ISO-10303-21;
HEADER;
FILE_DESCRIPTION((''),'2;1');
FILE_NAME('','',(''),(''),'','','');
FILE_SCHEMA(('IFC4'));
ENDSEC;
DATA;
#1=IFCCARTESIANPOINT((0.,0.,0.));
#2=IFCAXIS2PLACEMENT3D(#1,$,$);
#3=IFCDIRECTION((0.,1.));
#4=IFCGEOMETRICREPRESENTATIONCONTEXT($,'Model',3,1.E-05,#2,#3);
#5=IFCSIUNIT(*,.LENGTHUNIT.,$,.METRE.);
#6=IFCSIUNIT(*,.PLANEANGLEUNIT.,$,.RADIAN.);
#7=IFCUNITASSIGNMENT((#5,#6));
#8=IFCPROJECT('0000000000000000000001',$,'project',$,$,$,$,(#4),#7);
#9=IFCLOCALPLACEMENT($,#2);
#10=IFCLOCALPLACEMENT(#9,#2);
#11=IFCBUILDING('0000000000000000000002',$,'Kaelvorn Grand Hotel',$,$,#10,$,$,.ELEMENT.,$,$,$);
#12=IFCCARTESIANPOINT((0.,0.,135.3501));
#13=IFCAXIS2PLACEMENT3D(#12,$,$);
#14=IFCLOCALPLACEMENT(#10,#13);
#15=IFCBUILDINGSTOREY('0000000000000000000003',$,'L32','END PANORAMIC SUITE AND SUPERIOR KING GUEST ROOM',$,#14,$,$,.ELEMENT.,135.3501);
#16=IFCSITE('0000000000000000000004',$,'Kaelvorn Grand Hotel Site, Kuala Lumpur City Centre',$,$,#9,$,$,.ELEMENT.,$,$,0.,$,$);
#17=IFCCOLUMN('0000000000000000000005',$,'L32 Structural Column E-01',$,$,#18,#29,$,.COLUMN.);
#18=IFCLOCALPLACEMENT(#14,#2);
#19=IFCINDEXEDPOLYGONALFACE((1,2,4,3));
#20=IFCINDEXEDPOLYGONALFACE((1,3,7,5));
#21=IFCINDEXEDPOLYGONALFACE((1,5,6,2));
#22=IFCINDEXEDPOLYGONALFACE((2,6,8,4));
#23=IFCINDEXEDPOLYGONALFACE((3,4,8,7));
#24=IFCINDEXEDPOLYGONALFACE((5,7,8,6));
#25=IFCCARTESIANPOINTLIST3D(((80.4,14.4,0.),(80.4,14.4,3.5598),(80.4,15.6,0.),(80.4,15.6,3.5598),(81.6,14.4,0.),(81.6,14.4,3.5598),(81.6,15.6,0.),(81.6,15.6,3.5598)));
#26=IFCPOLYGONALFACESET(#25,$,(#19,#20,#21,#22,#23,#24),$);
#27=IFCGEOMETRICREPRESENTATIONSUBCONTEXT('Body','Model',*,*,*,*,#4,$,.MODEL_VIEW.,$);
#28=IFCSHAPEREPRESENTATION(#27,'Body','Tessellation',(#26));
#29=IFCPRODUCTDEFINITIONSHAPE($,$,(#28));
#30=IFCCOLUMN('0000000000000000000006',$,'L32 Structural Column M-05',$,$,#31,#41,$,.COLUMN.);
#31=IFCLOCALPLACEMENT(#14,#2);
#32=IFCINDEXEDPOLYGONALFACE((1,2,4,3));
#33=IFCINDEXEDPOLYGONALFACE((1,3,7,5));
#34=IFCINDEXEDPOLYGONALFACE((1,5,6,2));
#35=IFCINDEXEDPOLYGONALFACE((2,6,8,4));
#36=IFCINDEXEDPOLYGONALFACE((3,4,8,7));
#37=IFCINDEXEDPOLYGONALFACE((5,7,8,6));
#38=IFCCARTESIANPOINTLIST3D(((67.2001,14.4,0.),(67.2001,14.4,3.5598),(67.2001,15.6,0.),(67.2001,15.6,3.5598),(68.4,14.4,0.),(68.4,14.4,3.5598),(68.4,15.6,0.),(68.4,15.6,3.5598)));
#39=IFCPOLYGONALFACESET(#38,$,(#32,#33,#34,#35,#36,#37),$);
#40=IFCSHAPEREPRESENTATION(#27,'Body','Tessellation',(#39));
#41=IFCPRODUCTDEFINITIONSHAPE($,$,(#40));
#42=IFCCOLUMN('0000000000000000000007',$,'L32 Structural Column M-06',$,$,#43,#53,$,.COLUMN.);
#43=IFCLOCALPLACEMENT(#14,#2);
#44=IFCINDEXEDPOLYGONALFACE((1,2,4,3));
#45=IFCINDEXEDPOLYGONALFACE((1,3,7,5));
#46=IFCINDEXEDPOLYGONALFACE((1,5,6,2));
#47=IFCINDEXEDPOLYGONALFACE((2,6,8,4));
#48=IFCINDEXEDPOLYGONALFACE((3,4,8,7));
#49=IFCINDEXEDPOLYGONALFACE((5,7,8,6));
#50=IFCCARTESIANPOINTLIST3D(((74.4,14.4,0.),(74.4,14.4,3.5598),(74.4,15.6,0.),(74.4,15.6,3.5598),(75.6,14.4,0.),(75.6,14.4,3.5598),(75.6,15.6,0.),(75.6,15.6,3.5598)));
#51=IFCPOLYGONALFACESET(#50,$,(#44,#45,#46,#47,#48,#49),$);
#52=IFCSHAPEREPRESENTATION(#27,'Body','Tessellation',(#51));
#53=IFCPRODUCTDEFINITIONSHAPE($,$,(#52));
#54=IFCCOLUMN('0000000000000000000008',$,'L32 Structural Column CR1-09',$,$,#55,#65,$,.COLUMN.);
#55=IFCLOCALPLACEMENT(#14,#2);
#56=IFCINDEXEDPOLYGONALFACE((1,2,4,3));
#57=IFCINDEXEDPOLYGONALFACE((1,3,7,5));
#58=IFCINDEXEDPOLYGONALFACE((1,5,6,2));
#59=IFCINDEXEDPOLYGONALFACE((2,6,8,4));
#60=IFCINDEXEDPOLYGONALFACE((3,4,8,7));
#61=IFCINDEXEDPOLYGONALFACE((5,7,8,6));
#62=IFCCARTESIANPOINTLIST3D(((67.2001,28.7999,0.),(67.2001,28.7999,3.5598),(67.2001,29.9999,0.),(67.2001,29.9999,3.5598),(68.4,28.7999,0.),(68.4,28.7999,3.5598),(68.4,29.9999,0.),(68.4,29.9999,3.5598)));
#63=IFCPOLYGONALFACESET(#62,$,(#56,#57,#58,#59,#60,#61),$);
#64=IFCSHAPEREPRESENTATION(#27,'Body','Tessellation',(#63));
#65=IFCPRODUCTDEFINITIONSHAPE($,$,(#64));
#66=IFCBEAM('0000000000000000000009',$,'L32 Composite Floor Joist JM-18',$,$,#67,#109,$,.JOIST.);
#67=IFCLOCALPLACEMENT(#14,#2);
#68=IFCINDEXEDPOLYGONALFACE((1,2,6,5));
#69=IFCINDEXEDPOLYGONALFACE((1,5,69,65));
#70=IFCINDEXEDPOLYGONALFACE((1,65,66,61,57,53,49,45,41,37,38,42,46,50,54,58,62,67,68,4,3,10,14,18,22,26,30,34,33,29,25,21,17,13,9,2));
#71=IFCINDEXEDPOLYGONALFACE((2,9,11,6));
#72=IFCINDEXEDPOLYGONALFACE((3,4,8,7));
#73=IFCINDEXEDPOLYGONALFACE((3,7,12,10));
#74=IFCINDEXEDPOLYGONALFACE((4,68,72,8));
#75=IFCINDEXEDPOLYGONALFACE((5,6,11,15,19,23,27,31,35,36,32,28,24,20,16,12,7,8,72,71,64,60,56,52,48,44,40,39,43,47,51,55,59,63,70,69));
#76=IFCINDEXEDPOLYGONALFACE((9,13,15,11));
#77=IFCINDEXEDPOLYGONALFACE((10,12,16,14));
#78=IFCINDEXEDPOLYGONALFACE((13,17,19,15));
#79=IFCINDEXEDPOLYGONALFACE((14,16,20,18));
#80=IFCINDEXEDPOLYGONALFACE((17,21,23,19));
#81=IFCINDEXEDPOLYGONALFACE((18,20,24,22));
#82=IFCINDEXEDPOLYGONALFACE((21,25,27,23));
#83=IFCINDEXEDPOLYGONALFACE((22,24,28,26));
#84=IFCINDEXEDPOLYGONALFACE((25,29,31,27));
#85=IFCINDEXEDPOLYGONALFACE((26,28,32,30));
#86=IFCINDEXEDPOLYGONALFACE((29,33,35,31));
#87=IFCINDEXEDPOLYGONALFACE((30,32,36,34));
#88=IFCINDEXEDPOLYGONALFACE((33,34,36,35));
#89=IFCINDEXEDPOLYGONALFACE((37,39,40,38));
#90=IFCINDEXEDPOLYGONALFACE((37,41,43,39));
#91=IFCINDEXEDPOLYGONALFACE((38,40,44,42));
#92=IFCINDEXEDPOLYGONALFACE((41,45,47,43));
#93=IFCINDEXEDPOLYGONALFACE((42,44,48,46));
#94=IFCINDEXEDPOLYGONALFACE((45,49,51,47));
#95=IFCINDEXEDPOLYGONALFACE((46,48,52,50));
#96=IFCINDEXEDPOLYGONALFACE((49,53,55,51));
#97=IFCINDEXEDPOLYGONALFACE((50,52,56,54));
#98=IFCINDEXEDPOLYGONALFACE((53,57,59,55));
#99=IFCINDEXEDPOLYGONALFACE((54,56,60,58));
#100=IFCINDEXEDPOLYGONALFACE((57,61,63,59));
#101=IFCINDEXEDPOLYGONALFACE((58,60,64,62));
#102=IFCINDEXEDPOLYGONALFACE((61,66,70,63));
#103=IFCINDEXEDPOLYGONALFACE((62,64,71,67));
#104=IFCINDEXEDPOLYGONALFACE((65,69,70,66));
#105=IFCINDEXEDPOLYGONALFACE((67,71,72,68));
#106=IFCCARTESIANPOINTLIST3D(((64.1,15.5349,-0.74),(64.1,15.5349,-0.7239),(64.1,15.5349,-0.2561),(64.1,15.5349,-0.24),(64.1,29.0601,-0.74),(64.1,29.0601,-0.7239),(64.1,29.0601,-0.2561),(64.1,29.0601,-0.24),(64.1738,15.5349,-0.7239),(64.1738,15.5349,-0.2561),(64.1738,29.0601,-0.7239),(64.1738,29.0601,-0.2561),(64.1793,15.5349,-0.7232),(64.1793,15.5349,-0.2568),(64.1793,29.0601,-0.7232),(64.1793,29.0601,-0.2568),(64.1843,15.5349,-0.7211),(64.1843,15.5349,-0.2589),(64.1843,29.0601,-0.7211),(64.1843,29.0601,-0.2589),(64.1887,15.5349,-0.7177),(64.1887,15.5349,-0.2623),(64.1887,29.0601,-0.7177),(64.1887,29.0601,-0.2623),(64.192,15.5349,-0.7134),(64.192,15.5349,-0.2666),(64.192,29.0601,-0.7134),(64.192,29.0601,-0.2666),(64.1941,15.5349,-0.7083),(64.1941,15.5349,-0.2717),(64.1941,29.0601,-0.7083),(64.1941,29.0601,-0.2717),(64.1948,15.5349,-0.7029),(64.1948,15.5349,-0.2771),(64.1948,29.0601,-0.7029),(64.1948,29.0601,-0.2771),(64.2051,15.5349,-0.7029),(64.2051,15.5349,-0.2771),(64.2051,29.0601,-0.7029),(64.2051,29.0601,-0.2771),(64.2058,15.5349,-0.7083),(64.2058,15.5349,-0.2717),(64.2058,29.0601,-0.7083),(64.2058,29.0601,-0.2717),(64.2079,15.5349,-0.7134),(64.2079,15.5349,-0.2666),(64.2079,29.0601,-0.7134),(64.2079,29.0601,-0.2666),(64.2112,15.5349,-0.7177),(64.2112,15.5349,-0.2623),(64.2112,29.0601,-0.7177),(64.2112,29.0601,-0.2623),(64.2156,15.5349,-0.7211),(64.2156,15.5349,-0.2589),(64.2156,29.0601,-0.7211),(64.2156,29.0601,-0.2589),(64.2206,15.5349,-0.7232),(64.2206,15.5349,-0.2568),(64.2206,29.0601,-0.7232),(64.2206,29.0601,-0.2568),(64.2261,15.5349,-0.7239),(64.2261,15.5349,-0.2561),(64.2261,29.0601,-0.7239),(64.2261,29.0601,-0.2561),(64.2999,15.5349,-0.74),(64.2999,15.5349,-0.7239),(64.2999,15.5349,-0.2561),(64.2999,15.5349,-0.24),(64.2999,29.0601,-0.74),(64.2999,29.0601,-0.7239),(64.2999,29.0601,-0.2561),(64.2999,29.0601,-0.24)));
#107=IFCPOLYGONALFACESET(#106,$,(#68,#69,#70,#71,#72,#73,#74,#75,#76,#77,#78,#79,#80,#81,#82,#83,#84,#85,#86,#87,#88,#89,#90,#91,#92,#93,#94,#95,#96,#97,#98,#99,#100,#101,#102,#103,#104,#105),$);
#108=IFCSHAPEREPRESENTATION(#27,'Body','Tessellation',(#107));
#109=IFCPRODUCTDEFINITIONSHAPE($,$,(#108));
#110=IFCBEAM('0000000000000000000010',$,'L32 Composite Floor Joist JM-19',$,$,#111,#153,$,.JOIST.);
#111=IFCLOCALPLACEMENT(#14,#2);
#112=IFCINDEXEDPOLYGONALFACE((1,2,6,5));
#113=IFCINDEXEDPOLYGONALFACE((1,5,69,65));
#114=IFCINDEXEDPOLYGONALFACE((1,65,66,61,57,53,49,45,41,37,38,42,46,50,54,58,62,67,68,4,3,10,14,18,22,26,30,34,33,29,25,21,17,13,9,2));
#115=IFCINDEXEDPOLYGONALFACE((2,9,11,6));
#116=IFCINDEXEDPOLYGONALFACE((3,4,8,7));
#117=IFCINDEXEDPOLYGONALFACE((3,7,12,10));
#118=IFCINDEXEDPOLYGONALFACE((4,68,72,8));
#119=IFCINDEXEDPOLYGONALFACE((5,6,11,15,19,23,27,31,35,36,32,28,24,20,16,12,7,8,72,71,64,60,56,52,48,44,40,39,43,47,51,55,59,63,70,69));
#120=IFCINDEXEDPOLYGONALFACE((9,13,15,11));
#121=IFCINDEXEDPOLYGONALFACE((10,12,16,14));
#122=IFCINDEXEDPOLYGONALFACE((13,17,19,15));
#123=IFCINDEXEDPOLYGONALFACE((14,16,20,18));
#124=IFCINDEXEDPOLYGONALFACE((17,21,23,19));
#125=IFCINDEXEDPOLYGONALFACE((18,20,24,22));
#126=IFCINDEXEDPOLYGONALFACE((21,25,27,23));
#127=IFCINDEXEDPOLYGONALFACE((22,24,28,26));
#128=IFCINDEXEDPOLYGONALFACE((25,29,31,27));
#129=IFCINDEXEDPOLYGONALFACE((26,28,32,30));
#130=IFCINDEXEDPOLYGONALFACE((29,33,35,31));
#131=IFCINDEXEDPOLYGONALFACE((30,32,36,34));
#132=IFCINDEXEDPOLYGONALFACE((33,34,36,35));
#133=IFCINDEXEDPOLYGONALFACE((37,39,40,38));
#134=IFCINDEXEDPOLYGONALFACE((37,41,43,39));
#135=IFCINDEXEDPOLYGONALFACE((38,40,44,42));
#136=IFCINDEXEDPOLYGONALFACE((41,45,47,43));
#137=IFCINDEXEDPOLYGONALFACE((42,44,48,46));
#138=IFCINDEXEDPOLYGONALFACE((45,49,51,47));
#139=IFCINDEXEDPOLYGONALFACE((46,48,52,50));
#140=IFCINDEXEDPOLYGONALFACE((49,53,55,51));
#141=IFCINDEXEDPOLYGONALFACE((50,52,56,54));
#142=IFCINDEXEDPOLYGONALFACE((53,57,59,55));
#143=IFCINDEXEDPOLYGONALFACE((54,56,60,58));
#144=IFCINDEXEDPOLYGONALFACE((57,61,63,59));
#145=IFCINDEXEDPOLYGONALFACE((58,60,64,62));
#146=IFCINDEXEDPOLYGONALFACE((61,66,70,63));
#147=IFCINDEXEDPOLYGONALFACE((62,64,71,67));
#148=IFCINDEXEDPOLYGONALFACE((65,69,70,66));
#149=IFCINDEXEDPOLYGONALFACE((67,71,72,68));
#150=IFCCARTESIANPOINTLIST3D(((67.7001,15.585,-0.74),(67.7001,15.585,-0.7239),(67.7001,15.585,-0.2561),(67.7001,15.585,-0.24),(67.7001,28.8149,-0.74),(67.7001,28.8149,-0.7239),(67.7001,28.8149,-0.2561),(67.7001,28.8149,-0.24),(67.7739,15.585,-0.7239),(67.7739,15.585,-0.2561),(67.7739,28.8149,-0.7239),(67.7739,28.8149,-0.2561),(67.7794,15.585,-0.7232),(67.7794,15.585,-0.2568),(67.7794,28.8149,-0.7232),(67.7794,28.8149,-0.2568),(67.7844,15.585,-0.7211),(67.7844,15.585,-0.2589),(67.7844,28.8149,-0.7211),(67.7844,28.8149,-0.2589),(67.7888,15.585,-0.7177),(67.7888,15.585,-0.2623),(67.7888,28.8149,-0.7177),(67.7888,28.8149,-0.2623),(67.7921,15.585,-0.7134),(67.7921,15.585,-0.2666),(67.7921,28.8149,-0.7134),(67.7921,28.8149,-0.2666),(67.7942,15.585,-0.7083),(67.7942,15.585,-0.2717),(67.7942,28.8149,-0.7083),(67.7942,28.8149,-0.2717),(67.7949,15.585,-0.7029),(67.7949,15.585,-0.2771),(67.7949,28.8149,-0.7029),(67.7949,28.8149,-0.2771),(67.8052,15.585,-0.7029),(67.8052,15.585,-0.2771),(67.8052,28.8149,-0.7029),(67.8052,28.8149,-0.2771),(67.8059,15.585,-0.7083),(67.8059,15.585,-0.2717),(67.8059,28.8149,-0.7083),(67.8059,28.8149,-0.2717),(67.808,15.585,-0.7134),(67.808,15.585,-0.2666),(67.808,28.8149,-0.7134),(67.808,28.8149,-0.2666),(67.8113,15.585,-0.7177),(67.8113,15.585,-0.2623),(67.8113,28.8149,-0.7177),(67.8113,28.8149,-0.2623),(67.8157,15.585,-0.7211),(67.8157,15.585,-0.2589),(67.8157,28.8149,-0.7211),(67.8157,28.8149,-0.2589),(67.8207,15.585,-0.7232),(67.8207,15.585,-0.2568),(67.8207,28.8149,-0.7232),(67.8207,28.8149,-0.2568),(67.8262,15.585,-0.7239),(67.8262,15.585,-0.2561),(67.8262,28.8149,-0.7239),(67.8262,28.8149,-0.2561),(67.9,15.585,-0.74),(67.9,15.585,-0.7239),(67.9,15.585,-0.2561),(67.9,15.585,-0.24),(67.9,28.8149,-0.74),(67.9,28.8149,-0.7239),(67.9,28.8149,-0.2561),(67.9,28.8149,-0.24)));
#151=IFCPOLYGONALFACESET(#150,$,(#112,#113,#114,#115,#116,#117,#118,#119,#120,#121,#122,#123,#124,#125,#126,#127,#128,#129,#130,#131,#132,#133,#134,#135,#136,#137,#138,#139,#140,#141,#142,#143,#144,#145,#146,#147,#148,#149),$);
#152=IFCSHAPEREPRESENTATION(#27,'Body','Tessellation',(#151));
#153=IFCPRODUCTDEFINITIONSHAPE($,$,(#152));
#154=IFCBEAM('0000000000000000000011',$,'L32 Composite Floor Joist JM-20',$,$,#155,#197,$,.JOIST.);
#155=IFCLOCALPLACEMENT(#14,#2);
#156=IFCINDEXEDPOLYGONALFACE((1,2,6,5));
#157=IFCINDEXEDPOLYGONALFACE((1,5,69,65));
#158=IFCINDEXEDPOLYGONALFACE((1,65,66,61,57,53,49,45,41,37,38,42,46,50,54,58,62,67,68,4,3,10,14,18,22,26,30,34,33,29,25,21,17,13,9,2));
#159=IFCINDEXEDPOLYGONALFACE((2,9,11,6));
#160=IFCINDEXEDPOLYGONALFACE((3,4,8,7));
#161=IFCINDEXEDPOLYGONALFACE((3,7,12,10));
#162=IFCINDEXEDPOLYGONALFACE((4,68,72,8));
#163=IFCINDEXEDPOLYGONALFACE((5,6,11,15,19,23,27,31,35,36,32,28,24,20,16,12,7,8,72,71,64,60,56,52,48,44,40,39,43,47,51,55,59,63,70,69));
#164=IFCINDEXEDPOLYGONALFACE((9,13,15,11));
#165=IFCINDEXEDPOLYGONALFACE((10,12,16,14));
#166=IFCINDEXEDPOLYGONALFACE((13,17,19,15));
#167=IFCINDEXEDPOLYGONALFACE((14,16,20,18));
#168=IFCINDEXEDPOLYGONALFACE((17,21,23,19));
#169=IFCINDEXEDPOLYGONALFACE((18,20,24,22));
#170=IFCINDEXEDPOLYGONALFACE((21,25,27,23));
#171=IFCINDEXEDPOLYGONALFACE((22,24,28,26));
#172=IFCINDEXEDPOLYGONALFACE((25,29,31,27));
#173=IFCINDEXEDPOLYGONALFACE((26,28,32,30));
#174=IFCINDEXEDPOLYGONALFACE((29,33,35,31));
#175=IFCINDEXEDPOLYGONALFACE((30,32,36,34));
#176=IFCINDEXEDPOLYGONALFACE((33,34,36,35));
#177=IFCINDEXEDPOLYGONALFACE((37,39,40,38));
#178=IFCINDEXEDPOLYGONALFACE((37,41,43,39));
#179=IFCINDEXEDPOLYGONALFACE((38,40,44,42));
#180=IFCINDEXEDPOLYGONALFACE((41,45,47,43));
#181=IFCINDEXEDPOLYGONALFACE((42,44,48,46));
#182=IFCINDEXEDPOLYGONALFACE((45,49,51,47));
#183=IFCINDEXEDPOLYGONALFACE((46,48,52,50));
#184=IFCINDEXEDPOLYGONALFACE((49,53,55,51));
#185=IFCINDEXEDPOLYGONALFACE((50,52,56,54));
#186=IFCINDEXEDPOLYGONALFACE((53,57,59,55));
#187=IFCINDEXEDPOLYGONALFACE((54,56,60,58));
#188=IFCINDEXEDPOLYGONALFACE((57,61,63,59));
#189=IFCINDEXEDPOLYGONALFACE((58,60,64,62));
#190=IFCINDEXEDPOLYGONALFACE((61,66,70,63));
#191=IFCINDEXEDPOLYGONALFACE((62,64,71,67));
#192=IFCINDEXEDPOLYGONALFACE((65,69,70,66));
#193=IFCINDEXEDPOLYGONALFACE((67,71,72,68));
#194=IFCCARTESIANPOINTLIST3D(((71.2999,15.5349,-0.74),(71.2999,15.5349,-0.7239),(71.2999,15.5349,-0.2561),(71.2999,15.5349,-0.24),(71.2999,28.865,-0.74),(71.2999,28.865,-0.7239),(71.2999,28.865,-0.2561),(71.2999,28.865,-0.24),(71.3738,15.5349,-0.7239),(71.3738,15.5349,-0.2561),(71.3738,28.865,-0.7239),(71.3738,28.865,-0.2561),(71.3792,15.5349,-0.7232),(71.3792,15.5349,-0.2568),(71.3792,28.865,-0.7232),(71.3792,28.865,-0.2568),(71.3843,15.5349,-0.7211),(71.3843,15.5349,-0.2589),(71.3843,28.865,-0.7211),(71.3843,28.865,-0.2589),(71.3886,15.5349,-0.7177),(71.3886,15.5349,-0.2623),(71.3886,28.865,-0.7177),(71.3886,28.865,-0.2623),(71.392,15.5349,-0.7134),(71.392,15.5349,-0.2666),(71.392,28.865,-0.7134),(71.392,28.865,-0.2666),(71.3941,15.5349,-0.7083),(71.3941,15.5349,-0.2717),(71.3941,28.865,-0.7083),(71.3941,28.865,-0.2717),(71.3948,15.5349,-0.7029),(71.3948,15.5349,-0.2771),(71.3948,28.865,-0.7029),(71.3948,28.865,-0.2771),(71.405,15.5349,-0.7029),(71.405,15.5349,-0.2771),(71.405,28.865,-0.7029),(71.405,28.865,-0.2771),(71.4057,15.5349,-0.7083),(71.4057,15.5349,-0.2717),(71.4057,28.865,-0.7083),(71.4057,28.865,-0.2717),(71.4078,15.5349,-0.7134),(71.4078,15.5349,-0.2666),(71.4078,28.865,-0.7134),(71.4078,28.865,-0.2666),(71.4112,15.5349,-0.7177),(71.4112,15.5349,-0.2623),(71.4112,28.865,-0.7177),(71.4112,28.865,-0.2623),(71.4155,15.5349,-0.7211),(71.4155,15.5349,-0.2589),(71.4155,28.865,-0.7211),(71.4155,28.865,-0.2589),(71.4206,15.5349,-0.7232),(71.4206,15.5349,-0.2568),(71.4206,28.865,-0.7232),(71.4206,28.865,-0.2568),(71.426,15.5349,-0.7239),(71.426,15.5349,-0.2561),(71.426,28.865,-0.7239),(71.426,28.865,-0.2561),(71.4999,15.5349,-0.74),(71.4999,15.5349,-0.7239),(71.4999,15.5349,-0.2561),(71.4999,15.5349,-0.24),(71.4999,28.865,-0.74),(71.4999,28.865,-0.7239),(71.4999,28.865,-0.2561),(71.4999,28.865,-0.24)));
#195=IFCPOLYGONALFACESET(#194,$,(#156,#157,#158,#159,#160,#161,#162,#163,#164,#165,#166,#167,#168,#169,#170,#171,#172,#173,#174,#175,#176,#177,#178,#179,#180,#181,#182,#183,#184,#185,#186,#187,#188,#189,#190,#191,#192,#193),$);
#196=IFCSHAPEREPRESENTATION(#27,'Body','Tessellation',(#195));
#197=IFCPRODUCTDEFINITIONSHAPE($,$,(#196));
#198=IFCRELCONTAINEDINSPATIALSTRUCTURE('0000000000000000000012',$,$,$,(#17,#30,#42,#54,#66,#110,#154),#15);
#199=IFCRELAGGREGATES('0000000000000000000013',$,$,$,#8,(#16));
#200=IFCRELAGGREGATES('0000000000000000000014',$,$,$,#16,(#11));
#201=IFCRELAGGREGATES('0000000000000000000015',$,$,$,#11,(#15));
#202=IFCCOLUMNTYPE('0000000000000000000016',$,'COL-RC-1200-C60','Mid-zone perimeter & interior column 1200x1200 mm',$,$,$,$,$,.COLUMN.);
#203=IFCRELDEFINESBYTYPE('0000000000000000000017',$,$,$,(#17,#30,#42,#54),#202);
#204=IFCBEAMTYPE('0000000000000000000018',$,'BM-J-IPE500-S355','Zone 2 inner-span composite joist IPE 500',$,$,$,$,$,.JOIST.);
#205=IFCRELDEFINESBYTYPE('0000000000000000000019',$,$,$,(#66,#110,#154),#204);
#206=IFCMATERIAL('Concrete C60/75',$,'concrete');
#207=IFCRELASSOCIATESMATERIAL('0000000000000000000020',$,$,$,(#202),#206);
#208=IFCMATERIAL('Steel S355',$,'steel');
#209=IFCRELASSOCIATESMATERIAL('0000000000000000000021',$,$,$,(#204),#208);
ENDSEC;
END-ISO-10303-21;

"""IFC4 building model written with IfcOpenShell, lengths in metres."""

from ifc_helpers import new_model, si_unit, direction, frame, origin, origin_2d, place, context, subcontext, project, spatial, rectangle, i_section, extrude, material, material_profile, profile_set, type_object, element, save


model = new_model("IFC4")

# Units and contexts
model_context = context("Model", 3, precision=1e-05, world=origin(), true_north=direction((0.0, 1.0)))
body_context = subcontext(model_context, "Body", "Model", "MODEL_VIEW")
ifc_project = project(units=[si_unit("LENGTHUNIT", "METRE"), si_unit("PLANEANGLEUNIT", "RADIAN")], contexts=[model_context])

# Site, building, storey
site_placement = place(None, origin())
site = spatial("IfcSite", under=ifc_project, at=site_placement, Name="Kaelvorn Grand Hotel Site, Kuala Lumpur City Centre", CompositionType="ELEMENT", RefElevation=0.0)
building_placement = place(site_placement, origin())
building = spatial("IfcBuilding", under=site, at=building_placement, Name="Kaelvorn Grand Hotel", CompositionType="ELEMENT")
storey_placement = place(building_placement, frame((0.0, 0.0, 135.3501)))
storey = spatial("IfcBuildingStorey", under=building, at=storey_placement, Name="L32", Description="END PANORAMIC SUITE AND SUPERIOR KING GUEST ROOM", CompositionType="ELEMENT", Elevation=135.3501)

# Columns
ifc_material_1 = material(Name="Concrete C60/75", Category="concrete")
ifc_material_profile_1 = material_profile(ifc_material_1, rectangle(XDim=1.2, YDim=1.2, at=origin_2d()), Name="RC COL 1200x1200")
ifc_profile_set_1 = profile_set([ifc_material_profile_1], Name="Concrete C60/75")
column_type = type_object("IfcColumnType", Name="COL-RC-1200-C60", Description="Mid-zone perimeter & interior column 1200x1200 mm", PredefinedType="COLUMN", material=ifc_profile_set_1)
for number, where, z_axis, x_axis, name in (
    (1, (81.0, 15.0, 0.0), (0.0, 0.0, 1.0), (1.0, 0.0, 0.0), "L32 Structural Column E-01"),
    (2, (67.8, 15.0, 0.0), (0.0, 0.0, 1.0), (1.0, 0.0, 0.0), "L32 Structural Column M-05"),
    (3, (75.0, 15.0, 0.0), (0.0, 0.0, 1.0), (1.0, 0.0, 0.0), "L32 Structural Column M-06"),
    (4, (67.8, 29.3999, 0.0), (0.0, 0.0, 1.0), (1.0, 0.0, 0.0), "L32 Structural Column CR1-09"),
):
    element("IfcColumn", number, at=place(storey_placement, frame(where, z_axis=z_axis, x_axis=x_axis)), inside=storey, type_object=column_type, Name=name, PredefinedType="COLUMN", context=body_context, shape_type="SweptSolid", body=[
        extrude(rectangle(XDim=1.2, YDim=1.2, at=origin_2d()), origin(), (0.0, 0.0, 1.0), 3.5598),
    ])

# Beams
ifc_material_2 = material(Name="Steel S355", Category="steel")
ifc_material_profile_2 = material_profile(ifc_material_2, i_section(OverallWidth=0.2, OverallDepth=0.5, WebThickness=0.0103, FlangeThickness=0.0161, FilletRadius=0.021, at=origin_2d()), Name="IPE 500")
ifc_profile_set_2 = profile_set([ifc_material_profile_2], Name="Steel S355")
beam_type_1 = type_object("IfcBeamType", Name="BM-J-IPE500-S355", Description="Zone 2 inner-span composite joist IPE 500", PredefinedType="JOIST", material=ifc_profile_set_2)
beam_1_placement = place(storey_placement, frame((64.2, 15.5349, -0.49), z_axis=(0.0, 1.0, 0.0), x_axis=(-1.0, 0.0, 0.0)))
element("IfcBeam", 5, at=beam_1_placement, inside=storey, type_object=beam_type_1, Name="L32 Composite Floor Joist JM-18", PredefinedType="JOIST", context=body_context, shape_type="SweptSolid", body=[
    extrude(i_section(OverallWidth=0.2, OverallDepth=0.5, WebThickness=0.0103, FlangeThickness=0.0161, FilletRadius=0.021, at=origin_2d()), origin(), (0.0, 0.0, 1.0), 13.5251),
])
beam_2_placement = place(storey_placement, frame((67.8, 15.585, -0.49), z_axis=(0.0, 1.0, 0.0), x_axis=(-1.0, 0.0, 0.0)))
element("IfcBeam", 6, at=beam_2_placement, inside=storey, type_object=beam_type_1, Name="L32 Composite Floor Joist JM-19", PredefinedType="JOIST", context=body_context, shape_type="SweptSolid", body=[
    extrude(i_section(OverallWidth=0.2, OverallDepth=0.5, WebThickness=0.0103, FlangeThickness=0.0161, FilletRadius=0.021, at=origin_2d()), origin(), (0.0, 0.0, 1.0), 13.23),
])
beam_3_placement = place(storey_placement, frame((71.3999, 15.5349, -0.49), z_axis=(0.0, 1.0, 0.0), x_axis=(-1.0, 0.0, 0.0)))
element("IfcBeam", 7, at=beam_3_placement, inside=storey, type_object=beam_type_1, Name="L32 Composite Floor Joist JM-20", PredefinedType="JOIST", context=body_context, shape_type="SweptSolid", body=[
    extrude(i_section(OverallWidth=0.2, OverallDepth=0.5, WebThickness=0.0103, FlangeThickness=0.0161, FilletRadius=0.021, at=origin_2d()), origin(), (0.0, 0.0, 1.0), 13.3301),
])

save(model, "model.ifc")
